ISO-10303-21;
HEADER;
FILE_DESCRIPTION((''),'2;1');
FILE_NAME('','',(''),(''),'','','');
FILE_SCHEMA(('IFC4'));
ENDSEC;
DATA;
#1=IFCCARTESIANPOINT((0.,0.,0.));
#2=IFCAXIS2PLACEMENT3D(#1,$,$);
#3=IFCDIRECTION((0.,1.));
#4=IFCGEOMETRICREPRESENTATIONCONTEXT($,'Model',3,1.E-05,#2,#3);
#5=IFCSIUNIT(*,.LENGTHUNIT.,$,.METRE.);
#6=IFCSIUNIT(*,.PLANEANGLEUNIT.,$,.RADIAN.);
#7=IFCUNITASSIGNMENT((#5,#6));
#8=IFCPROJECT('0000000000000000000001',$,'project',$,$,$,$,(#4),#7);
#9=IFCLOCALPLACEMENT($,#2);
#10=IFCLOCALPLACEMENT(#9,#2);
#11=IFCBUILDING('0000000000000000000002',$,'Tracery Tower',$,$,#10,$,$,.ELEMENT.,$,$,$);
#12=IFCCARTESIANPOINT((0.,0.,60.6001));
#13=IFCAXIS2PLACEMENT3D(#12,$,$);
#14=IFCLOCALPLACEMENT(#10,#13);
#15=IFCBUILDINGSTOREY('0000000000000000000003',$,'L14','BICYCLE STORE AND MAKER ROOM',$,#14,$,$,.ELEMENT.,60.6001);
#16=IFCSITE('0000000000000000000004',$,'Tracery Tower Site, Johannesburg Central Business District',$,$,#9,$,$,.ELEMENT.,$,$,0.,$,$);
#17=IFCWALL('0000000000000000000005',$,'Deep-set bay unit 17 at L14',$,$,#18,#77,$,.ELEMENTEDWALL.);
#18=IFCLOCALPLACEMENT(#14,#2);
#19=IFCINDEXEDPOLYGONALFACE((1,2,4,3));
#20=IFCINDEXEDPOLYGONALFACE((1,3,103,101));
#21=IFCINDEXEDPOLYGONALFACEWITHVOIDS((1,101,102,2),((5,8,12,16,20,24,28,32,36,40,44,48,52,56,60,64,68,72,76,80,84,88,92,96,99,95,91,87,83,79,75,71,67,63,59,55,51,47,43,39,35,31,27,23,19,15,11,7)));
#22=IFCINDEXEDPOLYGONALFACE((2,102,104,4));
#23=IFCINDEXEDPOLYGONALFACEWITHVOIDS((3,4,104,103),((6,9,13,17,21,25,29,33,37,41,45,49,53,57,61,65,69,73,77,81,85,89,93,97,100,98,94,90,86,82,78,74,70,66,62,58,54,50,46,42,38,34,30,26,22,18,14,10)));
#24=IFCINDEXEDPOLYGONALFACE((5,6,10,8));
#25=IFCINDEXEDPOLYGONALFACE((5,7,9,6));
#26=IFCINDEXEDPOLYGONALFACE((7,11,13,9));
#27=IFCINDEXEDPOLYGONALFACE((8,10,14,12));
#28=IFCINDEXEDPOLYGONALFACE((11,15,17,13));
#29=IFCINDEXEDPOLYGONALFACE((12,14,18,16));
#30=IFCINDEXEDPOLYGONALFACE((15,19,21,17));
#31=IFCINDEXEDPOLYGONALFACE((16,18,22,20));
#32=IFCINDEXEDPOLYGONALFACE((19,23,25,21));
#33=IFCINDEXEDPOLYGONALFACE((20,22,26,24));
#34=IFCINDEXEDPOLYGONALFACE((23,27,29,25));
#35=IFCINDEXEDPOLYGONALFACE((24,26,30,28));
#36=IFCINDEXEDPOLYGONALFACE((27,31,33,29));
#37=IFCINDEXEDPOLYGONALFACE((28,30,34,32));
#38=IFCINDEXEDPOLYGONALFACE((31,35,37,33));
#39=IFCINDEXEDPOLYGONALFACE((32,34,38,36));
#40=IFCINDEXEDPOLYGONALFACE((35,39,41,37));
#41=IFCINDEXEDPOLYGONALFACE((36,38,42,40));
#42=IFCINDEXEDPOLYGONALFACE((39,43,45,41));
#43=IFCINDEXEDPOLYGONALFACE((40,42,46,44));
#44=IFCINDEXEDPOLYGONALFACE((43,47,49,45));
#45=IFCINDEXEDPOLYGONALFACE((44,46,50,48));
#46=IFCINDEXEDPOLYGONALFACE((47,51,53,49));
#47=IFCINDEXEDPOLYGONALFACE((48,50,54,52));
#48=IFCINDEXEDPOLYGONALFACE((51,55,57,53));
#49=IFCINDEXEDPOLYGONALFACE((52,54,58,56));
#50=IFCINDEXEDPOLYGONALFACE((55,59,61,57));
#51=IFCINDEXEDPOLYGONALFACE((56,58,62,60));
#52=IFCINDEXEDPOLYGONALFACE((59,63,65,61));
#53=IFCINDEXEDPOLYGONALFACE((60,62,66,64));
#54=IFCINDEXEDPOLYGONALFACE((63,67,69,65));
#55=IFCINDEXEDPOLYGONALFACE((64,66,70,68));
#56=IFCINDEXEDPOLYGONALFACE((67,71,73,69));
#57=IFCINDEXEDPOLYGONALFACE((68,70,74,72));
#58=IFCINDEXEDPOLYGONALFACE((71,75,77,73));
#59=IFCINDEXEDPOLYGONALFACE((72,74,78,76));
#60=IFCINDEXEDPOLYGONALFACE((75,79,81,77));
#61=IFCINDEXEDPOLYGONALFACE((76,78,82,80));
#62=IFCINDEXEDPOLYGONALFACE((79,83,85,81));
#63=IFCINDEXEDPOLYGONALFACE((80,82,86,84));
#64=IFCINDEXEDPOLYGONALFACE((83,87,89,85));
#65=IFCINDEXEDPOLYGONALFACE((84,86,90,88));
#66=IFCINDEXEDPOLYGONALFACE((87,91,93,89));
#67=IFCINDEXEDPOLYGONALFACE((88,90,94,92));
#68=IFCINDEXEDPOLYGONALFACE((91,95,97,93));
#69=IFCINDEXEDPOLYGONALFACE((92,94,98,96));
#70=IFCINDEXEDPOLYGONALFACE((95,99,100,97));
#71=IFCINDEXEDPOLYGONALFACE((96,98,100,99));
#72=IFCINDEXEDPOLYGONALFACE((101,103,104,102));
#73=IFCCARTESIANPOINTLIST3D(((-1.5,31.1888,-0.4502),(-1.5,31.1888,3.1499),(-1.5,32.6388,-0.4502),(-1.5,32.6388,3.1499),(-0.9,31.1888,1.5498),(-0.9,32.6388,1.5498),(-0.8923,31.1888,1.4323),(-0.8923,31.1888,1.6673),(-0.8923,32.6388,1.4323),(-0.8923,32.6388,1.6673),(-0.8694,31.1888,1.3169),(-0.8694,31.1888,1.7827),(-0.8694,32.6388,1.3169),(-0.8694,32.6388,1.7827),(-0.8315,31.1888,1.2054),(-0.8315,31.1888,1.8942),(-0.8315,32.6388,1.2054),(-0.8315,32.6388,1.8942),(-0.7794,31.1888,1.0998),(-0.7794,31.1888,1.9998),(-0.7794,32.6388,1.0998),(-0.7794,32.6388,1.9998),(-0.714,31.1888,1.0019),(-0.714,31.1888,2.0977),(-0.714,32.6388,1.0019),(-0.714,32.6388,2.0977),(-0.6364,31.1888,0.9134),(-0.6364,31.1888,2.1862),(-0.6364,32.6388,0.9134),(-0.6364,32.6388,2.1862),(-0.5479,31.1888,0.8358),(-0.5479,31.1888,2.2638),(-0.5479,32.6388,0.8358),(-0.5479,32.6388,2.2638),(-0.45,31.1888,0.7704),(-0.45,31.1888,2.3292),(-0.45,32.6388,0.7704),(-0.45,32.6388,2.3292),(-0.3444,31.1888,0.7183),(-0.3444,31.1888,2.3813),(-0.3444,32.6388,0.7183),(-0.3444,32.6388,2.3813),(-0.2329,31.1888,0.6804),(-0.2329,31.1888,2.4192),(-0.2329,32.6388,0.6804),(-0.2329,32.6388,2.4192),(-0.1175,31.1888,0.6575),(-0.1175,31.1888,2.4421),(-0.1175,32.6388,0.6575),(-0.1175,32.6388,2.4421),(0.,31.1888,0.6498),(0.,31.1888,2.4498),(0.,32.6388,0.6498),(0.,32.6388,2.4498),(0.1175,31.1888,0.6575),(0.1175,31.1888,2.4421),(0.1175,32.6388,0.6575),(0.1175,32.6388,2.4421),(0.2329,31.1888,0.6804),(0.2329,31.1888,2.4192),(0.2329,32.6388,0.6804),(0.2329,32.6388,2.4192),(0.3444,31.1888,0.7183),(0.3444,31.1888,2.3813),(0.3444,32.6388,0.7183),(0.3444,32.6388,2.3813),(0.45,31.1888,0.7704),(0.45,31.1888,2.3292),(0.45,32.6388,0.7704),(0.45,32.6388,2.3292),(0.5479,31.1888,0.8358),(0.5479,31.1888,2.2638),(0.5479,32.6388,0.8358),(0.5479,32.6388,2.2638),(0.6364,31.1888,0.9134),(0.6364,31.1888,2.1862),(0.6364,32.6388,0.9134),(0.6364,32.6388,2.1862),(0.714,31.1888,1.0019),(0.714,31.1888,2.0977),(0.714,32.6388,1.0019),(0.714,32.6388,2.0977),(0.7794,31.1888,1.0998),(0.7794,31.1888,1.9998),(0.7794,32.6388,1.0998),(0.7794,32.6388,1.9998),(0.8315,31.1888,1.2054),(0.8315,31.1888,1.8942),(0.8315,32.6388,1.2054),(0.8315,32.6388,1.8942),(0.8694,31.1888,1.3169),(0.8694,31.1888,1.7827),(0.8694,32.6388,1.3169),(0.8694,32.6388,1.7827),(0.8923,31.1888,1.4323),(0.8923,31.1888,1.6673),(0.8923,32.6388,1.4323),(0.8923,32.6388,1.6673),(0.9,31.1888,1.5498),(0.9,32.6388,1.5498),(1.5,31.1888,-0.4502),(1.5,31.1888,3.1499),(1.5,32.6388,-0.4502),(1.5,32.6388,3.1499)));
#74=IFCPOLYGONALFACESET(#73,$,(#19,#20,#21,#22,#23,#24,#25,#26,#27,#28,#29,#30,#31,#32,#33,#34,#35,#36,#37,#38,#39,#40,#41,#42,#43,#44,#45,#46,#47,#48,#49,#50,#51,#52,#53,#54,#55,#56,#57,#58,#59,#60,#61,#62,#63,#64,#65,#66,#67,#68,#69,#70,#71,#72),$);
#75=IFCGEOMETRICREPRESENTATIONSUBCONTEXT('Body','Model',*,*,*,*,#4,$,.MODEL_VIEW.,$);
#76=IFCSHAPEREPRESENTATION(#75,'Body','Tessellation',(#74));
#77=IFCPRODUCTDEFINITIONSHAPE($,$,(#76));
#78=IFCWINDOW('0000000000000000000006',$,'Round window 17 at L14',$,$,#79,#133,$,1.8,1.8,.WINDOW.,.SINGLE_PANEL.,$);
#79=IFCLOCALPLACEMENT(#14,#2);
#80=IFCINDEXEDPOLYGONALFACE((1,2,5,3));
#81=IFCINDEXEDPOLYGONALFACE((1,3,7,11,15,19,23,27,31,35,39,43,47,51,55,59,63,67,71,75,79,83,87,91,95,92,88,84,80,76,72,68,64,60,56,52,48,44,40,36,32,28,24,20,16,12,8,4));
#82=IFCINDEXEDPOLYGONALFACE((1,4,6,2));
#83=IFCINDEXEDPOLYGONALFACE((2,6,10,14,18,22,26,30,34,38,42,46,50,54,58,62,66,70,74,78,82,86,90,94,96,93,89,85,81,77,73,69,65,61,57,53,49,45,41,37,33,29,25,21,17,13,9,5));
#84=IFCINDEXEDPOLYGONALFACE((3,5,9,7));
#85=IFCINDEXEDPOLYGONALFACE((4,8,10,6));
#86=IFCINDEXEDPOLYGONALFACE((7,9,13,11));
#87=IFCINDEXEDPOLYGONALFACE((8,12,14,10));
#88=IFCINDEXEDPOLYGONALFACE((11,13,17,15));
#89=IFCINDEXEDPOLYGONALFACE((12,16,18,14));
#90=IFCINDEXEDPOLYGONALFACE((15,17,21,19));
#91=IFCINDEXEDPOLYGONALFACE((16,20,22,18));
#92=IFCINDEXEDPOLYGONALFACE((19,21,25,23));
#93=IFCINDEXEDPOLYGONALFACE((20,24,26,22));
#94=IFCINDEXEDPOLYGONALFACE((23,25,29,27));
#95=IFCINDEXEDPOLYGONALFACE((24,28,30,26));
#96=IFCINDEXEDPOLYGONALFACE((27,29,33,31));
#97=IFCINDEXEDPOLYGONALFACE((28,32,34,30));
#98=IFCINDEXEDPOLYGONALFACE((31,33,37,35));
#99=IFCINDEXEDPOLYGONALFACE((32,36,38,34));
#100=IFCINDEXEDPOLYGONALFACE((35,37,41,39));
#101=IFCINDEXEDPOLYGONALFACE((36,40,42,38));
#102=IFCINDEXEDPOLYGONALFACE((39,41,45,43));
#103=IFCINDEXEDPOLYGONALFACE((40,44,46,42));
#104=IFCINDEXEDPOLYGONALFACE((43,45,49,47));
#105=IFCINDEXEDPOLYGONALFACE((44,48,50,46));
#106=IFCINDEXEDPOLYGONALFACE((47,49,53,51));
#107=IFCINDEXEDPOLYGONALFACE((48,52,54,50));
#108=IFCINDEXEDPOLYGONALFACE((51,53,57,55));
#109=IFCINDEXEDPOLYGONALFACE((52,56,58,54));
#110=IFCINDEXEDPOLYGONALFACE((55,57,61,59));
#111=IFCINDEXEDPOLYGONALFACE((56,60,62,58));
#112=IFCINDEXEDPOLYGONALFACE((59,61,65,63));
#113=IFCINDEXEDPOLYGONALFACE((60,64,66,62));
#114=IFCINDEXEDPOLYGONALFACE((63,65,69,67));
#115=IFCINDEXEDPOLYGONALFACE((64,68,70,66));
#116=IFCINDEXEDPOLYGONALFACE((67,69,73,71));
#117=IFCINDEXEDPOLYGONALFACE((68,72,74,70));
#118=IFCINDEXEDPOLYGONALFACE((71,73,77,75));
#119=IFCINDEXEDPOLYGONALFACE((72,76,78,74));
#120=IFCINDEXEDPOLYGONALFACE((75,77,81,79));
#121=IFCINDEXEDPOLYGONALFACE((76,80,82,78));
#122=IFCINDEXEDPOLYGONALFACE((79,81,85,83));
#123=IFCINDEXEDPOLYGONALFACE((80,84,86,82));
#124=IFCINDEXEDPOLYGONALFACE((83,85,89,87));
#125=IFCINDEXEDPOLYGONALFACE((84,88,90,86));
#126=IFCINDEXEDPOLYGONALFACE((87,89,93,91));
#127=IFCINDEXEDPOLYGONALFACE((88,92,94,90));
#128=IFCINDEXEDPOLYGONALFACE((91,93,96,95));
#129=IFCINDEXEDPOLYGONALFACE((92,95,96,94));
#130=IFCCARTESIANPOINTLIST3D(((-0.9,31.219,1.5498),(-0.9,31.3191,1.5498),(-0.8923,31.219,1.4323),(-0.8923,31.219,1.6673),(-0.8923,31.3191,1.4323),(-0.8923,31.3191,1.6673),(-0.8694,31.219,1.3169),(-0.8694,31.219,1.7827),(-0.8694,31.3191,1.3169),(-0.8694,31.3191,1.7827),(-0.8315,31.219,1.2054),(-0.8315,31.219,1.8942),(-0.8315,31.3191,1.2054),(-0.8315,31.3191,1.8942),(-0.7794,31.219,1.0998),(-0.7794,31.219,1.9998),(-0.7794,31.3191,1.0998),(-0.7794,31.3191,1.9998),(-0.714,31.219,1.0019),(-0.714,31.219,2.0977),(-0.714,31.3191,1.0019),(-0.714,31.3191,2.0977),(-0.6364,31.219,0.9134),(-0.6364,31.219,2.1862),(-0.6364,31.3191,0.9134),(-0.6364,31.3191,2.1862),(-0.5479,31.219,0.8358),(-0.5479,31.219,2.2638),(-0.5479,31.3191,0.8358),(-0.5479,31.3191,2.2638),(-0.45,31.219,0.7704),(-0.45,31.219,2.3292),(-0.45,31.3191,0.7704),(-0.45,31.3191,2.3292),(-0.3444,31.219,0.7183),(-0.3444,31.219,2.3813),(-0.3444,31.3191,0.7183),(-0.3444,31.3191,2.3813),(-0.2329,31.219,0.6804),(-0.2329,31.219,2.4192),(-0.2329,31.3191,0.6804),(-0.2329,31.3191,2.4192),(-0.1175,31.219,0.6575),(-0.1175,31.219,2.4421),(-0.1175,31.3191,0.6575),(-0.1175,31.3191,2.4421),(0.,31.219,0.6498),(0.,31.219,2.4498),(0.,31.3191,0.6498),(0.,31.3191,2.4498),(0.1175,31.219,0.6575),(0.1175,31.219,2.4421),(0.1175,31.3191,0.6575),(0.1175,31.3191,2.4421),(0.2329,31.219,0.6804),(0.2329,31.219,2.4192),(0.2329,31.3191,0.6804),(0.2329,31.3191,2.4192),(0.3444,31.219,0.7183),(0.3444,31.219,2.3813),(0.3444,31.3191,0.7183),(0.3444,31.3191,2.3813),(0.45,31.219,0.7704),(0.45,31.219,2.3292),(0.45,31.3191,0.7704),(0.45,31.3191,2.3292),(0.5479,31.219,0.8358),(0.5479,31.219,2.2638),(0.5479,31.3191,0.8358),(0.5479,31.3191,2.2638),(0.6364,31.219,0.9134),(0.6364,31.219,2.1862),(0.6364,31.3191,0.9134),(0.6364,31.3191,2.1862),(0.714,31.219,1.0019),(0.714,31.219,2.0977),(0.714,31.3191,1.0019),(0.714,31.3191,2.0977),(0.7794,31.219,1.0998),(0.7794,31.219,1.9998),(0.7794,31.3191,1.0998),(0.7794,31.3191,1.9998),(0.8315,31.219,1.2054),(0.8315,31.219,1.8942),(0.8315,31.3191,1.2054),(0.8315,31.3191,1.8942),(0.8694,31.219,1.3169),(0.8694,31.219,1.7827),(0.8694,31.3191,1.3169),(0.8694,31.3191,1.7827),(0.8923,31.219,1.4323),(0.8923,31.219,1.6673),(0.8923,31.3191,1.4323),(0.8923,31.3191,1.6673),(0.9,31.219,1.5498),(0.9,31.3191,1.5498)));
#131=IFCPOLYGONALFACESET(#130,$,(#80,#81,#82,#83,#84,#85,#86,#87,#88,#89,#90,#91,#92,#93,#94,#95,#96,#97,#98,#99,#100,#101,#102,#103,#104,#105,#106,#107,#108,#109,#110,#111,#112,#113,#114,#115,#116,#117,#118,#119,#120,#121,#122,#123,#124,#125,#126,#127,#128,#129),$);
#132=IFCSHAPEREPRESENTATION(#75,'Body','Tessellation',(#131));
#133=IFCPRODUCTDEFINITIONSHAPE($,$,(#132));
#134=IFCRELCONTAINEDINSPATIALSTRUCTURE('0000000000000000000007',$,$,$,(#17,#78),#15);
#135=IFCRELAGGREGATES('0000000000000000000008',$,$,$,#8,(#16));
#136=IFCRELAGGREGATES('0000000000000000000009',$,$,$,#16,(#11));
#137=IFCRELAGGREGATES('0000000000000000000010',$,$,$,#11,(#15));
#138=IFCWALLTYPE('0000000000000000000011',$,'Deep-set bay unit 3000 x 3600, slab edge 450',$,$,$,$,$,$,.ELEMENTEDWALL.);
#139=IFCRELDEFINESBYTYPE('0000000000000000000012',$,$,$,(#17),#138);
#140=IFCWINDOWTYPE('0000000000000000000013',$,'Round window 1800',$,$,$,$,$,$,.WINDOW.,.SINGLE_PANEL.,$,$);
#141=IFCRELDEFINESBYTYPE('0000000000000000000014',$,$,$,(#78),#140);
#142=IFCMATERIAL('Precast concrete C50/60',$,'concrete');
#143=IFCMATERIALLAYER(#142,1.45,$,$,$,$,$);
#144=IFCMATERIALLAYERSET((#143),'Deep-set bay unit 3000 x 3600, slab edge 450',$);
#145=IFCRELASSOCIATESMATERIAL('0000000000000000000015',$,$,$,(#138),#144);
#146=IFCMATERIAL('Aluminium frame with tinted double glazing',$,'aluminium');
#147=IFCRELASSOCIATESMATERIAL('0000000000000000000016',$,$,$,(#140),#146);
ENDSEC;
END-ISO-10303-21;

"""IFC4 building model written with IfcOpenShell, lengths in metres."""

from ifc_helpers import new_model, si_unit, direction, frame, frame_2d, origin, origin_2d, place, context, subcontext, project, spatial, rectangle, circle, extrude, material, layer, layer_set, type_object, element, fill, save


model = new_model("IFC4")

# Units and contexts
model_context = context("Model", 3, precision=1e-05, world=origin(), true_north=direction((0.0, 1.0)))
body_context = subcontext(model_context, "Body", "Model", "MODEL_VIEW")
ifc_project = project(units=[si_unit("LENGTHUNIT", "METRE"), si_unit("PLANEANGLEUNIT", "RADIAN")], contexts=[model_context])

# Site, building, storey
site_placement = place(None, origin())
site = spatial("IfcSite", under=ifc_project, at=site_placement, Name="Tracery Tower Site, Johannesburg Central Business District", CompositionType="ELEMENT", RefElevation=0.0)
building_placement = place(site_placement, origin())
building = spatial("IfcBuilding", under=site, at=building_placement, Name="Tracery Tower", CompositionType="ELEMENT")
storey_placement = place(building_placement, frame((0.0, 0.0, 60.6001)))
storey = spatial("IfcBuildingStorey", under=building, at=storey_placement, Name="L14", Description="BICYCLE STORE AND MAKER ROOM", CompositionType="ELEMENT", Elevation=60.6001)

# Wall, opening, window
ifc_material_1 = material(Name="Precast concrete C50/60", Category="concrete")
ifc_layer_1 = layer(ifc_material_1, 1.45)
ifc_layer_set_1 = layer_set([ifc_layer_1], Name="Deep-set bay unit 3000 x 3600, slab edge 450")
wall_type_1 = type_object("IfcWallType", Name="Deep-set bay unit 3000 x 3600, slab edge 450", PredefinedType="ELEMENTEDWALL", material=ifc_layer_set_1)
ifc_material_2 = material(Name="Aluminium frame with tinted double glazing", Category="aluminium")
window_type = type_object("IfcWindowType", Name="Round window 1800", PartitioningType="SINGLE_PANEL", PredefinedType="WINDOW", material=ifc_material_2)
wall_1_placement = place(storey_placement, frame((1.5, 31.9138, -0.4502), z_axis=(0.0, 0.0, 1.0), x_axis=(-1.0, 0.0, 0.0)))
wall_1 = element("IfcWall", 1, at=wall_1_placement, inside=storey, type_object=wall_type_1, Name="Deep-set bay unit 17 at L14", PredefinedType="ELEMENTEDWALL", context=body_context, shape_type="SweptSolid", body=[
    extrude(rectangle(XDim=3.0, YDim=1.45, at=frame_2d((1.5, 0.0))), origin(), (0.0, 0.0, 1.0), 3.6001),
])
opening_1_placement = place(wall_1_placement, frame((1.5, 0.0, 2.0)))
opening_1 = element("IfcOpeningElement", 2, at=opening_1_placement, cuts=wall_1, PredefinedType="OPENING", context=body_context, shape_type="SweptSolid", body=[
    extrude(circle(Radius=0.9, at=origin_2d()), frame((0.0, 0.7349, 0.0), z_axis=(0.0, -1.0, 0.0), x_axis=(1.0, 0.0, 0.0)), (0.0, 0.0, 1.0), 1.47),
])
window_1_placement = place(opening_1_placement, origin())
window_1 = element("IfcWindow", 3, at=window_1_placement, inside=storey, type_object=window_type, Name="Round window 17 at L14", OverallHeight=1.8, OverallWidth=1.8, PartitioningType="SINGLE_PANEL", PredefinedType="WINDOW", context=body_context, shape_type="SweptSolid", body=[
    extrude(circle(Radius=0.9, at=origin_2d()), frame((0.0, 0.6948, 0.0), z_axis=(0.0, -1.0, 0.0), x_axis=(1.0, 0.0, 0.0)), (0.0, 0.0, 1.0), 0.1001),
])
fill(opening_1, window_1)

save(model, "model.ifc")
